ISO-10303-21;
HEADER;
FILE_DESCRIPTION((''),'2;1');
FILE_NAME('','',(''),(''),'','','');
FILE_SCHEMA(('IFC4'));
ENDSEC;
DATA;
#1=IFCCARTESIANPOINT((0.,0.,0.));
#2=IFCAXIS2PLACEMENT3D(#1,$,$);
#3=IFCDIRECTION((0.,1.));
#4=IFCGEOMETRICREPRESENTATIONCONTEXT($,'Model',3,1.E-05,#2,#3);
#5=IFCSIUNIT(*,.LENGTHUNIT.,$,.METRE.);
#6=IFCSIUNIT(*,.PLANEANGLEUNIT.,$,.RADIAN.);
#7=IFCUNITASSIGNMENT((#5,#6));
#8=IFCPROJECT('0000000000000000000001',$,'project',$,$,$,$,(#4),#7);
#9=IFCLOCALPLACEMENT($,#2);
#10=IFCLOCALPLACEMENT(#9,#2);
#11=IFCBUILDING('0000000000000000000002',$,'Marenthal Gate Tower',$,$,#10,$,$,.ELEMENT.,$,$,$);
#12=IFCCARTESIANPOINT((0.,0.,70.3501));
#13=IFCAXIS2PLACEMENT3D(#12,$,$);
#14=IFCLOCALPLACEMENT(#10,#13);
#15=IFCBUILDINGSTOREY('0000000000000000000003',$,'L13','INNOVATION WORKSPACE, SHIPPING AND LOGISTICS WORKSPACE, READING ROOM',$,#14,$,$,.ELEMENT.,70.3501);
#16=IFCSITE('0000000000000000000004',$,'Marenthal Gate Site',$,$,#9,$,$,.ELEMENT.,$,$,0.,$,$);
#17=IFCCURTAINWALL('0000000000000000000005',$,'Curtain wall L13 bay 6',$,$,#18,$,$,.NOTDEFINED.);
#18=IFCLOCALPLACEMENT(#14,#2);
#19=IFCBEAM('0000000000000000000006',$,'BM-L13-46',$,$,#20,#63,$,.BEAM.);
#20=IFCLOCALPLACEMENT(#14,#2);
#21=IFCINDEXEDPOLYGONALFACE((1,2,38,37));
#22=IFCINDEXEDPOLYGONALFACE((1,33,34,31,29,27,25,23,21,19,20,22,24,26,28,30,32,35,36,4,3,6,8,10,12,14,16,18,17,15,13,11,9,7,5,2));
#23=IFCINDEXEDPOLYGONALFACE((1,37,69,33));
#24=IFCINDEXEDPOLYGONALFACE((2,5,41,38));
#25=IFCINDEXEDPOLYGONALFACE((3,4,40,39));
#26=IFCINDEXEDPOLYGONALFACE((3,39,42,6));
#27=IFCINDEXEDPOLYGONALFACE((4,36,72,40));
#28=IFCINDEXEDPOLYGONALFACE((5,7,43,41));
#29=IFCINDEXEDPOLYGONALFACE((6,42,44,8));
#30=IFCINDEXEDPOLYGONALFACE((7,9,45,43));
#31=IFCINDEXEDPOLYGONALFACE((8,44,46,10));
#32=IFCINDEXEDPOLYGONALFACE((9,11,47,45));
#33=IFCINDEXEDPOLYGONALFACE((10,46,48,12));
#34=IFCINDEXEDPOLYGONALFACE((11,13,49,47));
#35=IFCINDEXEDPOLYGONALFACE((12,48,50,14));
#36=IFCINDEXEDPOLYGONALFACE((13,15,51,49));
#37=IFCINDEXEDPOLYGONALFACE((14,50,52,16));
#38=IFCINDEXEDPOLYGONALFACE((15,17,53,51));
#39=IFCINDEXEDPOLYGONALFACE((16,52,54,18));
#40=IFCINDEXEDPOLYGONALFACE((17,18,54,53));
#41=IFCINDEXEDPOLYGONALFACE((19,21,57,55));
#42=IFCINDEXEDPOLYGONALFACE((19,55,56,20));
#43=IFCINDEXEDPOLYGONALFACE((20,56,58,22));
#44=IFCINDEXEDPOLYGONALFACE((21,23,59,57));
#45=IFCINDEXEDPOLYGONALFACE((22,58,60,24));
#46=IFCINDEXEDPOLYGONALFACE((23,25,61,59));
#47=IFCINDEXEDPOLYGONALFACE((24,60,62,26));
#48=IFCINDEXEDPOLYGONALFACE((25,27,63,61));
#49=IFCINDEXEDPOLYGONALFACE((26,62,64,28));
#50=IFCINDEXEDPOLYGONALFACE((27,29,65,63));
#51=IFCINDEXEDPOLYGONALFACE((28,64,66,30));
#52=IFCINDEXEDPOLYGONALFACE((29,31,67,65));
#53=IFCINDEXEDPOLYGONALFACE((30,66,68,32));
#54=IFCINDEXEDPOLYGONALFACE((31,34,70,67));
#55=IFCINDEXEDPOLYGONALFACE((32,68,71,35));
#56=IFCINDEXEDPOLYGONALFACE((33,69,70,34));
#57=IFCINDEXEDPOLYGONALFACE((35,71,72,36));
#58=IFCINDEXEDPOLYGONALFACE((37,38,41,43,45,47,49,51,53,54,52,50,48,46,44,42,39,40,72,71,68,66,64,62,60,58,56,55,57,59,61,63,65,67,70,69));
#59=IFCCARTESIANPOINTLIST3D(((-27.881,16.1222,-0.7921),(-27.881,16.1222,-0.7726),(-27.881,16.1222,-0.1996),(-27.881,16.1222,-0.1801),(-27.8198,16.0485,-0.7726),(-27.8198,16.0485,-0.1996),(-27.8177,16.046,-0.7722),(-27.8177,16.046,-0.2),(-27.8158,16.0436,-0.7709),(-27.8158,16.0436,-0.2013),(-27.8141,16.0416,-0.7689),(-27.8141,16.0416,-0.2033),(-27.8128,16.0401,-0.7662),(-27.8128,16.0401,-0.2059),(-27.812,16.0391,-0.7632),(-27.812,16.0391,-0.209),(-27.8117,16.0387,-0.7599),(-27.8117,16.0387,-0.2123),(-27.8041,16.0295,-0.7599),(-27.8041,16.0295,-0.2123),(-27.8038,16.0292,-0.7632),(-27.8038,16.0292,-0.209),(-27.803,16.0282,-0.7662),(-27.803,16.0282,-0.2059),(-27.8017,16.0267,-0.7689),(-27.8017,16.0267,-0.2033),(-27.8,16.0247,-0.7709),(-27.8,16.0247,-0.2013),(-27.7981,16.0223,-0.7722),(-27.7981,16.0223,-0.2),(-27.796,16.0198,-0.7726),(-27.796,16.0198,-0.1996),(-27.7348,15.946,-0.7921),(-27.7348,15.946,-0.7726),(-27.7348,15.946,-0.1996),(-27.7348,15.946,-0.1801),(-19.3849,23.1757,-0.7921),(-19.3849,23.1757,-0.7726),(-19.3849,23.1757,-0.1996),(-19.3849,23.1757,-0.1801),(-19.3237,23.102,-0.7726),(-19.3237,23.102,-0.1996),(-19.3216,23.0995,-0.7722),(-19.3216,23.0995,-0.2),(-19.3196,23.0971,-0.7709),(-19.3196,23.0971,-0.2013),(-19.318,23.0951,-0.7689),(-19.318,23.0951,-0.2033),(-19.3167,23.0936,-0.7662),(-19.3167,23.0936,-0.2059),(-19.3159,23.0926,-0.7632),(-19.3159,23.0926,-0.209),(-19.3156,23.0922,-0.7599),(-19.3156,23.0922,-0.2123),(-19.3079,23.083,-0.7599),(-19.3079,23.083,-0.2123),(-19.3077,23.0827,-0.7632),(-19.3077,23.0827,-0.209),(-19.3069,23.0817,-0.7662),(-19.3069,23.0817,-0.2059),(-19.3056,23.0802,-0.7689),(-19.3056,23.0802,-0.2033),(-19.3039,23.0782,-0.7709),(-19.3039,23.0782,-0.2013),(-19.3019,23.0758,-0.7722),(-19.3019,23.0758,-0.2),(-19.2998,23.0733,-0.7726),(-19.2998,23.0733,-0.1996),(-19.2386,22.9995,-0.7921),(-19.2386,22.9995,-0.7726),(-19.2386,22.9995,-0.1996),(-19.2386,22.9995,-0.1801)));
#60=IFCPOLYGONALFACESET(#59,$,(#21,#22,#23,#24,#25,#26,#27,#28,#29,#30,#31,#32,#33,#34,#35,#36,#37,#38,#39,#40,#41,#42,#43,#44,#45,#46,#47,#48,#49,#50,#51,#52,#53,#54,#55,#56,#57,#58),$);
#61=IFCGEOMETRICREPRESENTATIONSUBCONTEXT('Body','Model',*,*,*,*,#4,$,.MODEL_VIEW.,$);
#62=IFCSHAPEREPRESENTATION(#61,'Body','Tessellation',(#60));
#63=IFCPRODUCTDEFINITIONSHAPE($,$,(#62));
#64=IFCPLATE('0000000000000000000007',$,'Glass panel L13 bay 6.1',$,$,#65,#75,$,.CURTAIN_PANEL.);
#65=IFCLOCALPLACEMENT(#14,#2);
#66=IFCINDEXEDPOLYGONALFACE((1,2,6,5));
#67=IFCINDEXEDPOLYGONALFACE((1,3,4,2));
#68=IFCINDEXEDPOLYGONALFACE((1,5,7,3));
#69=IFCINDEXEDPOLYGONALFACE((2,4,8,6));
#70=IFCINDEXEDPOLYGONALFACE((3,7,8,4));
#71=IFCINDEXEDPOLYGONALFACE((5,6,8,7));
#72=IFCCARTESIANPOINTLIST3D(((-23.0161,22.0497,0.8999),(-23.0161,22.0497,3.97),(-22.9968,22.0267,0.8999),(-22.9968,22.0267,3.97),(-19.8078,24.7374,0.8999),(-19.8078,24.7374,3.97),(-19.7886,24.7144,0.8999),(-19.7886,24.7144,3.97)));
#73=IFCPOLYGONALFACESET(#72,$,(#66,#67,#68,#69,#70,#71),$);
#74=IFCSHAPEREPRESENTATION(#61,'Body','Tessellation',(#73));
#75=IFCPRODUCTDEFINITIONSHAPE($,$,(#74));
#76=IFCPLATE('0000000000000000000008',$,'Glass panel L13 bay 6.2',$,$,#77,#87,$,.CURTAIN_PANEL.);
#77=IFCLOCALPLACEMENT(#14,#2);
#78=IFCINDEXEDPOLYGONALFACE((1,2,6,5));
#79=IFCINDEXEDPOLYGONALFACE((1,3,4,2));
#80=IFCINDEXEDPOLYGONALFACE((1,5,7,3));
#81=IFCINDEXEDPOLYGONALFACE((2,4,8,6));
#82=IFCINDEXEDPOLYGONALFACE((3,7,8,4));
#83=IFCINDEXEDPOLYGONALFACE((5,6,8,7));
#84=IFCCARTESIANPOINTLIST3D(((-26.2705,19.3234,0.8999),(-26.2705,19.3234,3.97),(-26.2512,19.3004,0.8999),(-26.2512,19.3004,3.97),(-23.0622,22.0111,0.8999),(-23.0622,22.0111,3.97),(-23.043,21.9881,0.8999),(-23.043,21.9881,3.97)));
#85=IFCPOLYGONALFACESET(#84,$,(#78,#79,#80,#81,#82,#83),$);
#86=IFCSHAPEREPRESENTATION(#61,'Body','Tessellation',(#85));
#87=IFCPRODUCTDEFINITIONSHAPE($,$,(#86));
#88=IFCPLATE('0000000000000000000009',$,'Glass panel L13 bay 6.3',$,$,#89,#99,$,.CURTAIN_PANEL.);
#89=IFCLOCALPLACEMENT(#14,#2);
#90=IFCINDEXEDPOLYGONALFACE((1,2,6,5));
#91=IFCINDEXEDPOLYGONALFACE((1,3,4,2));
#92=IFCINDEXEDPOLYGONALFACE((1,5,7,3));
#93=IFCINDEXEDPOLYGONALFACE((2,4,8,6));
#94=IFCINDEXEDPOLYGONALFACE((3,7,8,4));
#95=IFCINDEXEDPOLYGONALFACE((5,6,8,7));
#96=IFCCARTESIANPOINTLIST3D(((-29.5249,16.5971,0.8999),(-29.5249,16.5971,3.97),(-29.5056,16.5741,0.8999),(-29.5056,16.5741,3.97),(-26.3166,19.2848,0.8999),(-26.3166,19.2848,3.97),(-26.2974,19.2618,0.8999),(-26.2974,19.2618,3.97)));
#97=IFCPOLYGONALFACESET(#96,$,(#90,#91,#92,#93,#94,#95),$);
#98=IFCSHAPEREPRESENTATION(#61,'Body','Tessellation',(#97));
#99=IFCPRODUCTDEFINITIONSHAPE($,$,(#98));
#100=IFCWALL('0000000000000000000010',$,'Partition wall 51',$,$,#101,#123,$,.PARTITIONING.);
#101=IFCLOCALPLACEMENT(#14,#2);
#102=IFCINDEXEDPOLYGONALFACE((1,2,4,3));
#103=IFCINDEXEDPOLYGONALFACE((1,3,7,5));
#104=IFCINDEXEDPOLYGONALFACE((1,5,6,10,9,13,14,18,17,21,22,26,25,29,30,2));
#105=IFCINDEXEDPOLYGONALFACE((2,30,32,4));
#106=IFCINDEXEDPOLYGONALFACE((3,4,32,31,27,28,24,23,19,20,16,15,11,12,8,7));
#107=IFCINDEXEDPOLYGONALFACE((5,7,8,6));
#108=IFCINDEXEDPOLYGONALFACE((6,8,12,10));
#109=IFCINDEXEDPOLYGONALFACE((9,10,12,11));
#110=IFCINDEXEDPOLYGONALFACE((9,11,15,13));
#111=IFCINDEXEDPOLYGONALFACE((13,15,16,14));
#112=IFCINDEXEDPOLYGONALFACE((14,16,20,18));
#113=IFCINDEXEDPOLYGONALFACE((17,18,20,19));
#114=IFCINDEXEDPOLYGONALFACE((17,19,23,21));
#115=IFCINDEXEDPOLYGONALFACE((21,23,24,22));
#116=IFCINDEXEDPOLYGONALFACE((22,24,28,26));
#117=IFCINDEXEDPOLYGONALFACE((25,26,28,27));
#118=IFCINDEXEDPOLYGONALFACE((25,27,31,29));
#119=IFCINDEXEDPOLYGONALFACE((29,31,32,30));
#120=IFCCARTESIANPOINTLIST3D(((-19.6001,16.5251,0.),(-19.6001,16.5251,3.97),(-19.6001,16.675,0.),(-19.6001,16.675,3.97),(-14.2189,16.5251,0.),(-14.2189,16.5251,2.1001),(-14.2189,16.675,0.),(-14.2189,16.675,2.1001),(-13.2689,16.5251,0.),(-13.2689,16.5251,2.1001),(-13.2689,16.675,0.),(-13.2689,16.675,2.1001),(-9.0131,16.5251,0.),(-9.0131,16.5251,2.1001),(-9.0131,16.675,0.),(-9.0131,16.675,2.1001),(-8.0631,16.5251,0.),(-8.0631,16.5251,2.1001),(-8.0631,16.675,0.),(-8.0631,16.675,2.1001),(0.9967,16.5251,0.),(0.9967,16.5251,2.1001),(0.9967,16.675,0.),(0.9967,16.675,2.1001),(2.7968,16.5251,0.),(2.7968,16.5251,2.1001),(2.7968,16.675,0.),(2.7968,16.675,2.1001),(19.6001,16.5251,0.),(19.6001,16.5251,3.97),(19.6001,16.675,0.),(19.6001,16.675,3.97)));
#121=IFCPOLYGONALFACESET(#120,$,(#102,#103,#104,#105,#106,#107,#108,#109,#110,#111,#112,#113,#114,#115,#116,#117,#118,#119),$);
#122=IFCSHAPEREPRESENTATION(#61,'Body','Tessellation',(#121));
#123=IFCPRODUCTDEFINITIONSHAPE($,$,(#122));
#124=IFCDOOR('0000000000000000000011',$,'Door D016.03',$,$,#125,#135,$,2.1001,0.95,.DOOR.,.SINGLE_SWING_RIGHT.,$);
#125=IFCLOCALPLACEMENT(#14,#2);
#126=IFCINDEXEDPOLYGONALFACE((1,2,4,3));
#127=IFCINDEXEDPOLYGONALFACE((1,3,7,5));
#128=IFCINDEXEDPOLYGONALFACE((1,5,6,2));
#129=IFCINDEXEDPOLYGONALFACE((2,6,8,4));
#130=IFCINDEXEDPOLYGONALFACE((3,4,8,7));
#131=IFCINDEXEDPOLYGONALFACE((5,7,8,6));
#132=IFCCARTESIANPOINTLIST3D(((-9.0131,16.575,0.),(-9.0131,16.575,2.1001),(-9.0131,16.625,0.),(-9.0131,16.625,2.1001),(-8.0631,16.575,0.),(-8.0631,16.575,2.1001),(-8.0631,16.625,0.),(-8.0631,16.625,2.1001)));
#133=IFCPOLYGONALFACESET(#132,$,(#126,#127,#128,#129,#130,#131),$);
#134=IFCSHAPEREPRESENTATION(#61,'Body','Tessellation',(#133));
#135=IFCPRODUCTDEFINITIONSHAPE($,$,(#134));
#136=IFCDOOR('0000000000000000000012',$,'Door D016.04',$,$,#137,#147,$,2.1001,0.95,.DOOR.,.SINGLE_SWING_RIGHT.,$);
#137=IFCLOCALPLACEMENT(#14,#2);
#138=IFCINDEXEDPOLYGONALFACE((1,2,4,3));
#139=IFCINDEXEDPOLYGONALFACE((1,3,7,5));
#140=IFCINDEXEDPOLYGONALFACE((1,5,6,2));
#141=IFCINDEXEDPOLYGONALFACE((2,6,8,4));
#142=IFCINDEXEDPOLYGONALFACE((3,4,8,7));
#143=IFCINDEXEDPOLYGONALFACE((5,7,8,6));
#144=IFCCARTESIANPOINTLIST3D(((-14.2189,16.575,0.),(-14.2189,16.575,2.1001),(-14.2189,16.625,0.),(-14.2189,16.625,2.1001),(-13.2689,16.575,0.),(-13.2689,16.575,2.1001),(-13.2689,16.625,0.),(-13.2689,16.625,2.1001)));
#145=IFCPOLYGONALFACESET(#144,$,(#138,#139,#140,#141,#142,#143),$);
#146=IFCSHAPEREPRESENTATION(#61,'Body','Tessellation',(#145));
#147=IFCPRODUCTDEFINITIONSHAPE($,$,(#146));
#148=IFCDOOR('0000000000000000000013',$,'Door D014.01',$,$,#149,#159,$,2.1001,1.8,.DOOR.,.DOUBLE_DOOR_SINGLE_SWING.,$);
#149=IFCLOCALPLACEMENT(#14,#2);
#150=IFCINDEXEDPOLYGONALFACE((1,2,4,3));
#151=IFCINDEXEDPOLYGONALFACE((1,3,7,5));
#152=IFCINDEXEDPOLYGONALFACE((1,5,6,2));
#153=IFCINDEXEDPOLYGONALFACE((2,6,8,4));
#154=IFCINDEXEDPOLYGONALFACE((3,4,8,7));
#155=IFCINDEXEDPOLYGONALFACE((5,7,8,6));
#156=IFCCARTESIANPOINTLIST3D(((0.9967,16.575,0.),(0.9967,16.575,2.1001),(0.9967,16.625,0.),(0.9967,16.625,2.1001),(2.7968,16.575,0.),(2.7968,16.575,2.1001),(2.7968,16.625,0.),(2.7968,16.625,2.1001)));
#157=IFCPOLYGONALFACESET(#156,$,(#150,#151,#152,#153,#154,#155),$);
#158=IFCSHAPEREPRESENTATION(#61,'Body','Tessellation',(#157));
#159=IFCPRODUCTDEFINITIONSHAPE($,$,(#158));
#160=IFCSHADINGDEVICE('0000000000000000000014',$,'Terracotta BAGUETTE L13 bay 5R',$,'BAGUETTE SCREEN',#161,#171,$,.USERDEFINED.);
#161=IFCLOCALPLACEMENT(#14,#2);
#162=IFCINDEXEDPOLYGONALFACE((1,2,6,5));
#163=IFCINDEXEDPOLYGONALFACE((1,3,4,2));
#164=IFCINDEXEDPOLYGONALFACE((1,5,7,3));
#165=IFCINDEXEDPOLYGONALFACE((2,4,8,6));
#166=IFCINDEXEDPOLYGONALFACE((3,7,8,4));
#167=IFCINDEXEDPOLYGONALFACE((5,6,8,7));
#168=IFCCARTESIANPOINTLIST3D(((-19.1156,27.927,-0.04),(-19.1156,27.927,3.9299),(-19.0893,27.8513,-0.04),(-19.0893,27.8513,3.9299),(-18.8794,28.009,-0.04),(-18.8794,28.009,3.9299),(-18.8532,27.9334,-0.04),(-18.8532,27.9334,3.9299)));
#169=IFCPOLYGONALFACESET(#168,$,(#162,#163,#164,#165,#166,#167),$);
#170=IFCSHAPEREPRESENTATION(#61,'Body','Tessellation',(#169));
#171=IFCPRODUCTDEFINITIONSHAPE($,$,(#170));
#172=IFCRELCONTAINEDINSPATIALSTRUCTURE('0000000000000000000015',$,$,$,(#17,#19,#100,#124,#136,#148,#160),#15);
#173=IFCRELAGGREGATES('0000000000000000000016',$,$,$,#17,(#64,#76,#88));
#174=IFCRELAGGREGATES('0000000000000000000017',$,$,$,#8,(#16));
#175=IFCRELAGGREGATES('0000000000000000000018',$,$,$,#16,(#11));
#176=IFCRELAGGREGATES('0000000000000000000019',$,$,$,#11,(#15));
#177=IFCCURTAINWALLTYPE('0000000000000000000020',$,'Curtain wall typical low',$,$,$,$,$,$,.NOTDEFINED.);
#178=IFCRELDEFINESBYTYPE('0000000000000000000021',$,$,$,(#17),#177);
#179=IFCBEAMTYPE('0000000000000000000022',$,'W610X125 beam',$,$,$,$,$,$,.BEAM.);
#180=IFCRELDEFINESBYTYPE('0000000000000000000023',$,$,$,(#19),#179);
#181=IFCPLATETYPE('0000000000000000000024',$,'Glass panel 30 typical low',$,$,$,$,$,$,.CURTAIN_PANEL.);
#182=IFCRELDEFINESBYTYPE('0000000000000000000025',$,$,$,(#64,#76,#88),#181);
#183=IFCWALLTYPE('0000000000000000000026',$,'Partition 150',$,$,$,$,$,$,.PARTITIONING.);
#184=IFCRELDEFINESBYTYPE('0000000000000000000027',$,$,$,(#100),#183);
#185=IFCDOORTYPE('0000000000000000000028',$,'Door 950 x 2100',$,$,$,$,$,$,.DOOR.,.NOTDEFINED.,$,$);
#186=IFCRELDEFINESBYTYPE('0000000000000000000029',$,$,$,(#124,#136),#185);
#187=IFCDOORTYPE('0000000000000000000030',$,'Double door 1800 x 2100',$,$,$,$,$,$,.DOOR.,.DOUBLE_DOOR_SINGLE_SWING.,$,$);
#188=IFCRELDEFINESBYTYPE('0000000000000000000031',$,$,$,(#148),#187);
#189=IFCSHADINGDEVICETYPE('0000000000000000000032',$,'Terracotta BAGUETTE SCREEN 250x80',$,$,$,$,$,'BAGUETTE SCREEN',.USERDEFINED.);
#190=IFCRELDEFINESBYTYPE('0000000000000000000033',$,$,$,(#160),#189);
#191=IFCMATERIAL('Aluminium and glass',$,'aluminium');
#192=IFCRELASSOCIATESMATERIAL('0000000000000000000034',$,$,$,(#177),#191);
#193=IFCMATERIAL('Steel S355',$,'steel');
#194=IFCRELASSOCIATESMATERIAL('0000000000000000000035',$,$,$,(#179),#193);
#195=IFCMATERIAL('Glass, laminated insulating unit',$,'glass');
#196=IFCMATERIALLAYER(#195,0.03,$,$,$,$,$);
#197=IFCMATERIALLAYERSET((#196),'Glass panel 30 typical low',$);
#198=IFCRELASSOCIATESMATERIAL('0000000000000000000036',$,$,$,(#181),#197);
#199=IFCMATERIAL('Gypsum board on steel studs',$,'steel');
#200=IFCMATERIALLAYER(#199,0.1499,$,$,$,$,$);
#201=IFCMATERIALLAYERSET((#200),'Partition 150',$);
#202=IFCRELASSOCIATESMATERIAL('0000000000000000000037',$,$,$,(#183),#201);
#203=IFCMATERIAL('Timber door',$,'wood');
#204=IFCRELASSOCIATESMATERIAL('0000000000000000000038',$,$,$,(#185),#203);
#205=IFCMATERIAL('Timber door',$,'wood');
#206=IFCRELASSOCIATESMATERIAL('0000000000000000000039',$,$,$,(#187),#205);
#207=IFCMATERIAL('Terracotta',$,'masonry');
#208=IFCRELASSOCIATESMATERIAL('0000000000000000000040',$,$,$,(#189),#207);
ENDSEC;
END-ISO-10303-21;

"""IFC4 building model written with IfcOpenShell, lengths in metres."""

from ifc_helpers import new_model, si_unit, direction, frame, frame_2d, origin, origin_2d, place, context, subcontext, project, spatial, rectangle, i_section, extrude, material, layer, layer_set, material_profile, profile_set, type_object, element, fill, aggregate, save


model = new_model("IFC4")

# Units and contexts
model_context = context("Model", 3, precision=1e-05, world=origin(), true_north=direction((0.0, 1.0)))
body_context = subcontext(model_context, "Body", "Model", "MODEL_VIEW")
ifc_project = project(units=[si_unit("LENGTHUNIT", "METRE"), si_unit("PLANEANGLEUNIT", "RADIAN")], contexts=[model_context])

# Site, building, storey
site_placement = place(None, origin())
site = spatial("IfcSite", under=ifc_project, at=site_placement, Name="Marenthal Gate Site", CompositionType="ELEMENT", RefElevation=0.0)
building_placement = place(site_placement, origin())
building = spatial("IfcBuilding", under=site, at=building_placement, Name="Marenthal Gate Tower", CompositionType="ELEMENT")
storey_placement = place(building_placement, frame((0.0, 0.0, 70.3501)))
storey = spatial("IfcBuildingStorey", under=building, at=storey_placement, Name="L13", Description="INNOVATION WORKSPACE, SHIPPING AND LOGISTICS WORKSPACE, READING ROOM", CompositionType="ELEMENT", Elevation=70.3501)

# Curtain wall
ifc_material_1 = material(Name="Aluminium and glass", Category="aluminium")
curtain_wall_type = type_object("IfcCurtainWallType", Name="Curtain wall typical low", PredefinedType="NOTDEFINED", material=ifc_material_1)
curtain_wall_placement = place(storey_placement, origin())
curtain_wall = element("IfcCurtainWall", 1, at=curtain_wall_placement, inside=storey, type_object=curtain_wall_type, Name="Curtain wall L13 bay 6", PredefinedType="NOTDEFINED")

# Beam
ifc_material_2 = material(Name="Steel S355", Category="steel")
ifc_material_profile_1 = material_profile(ifc_material_2, i_section(OverallWidth=0.229, OverallDepth=0.6121, WebThickness=0.012, FlangeThickness=0.0195, FilletRadius=0.0127, at=origin_2d()), Name="W610X125")
ifc_profile_set_1 = profile_set([ifc_material_profile_1], Name="Steel S355")
beam_type_1 = type_object("IfcBeamType", Name="W610X125 beam", PredefinedType="BEAM", material=ifc_profile_set_1)
beam_1_placement = place(storey_placement, frame((-19.3118, 23.0876, -0.4861), z_axis=(-0.769405, -0.638761, 0.0), x_axis=(0.638761, -0.769405, 0.0)))
element("IfcBeam", 2, at=beam_1_placement, inside=storey, type_object=beam_type_1, Name="BM-L13-46", PredefinedType="BEAM", context=body_context, shape_type="SweptSolid", body=[
    extrude(i_section(OverallWidth=0.229, OverallDepth=0.6121, WebThickness=0.012, FlangeThickness=0.0195, FilletRadius=0.0127, at=origin_2d()), origin(), (0.0, 0.0, 1.0), 11.0425),
])

# Plates
ifc_material_3 = material(Name="Glass, laminated insulating unit", Category="glass")
ifc_layer_1 = layer(ifc_material_3, 0.03)
ifc_layer_set_1 = layer_set([ifc_layer_1], Name="Glass panel 30 typical low")
plate_type = type_object("IfcPlateType", Name="Glass panel 30 typical low", PredefinedType="CURTAIN_PANEL", material=ifc_layer_set_1)
plate_1_placement = place(storey_placement, frame((-21.4023, 23.3821, 0.8999), z_axis=(0.0, 0.0, 1.0), x_axis=(-0.766557, -0.642176, 0.0)))
plate_1 = element("IfcPlate", 3, at=plate_1_placement, type_object=plate_type, Name="Glass panel L13 bay 6.1", PredefinedType="CURTAIN_PANEL", context=body_context, shape_type="SweptSolid", body=[
    extrude(rectangle(XDim=4.1853, YDim=0.03, at=origin_2d()), origin(), (0.0, 0.0, 1.0), 3.0701),
])
plate_2_placement = place(storey_placement, frame((-24.6567, 20.6558, 0.8999), z_axis=(0.0, 0.0, 1.0), x_axis=(-0.766557, -0.642176, 0.0)))
plate_2 = element("IfcPlate", 4, at=plate_2_placement, type_object=plate_type, Name="Glass panel L13 bay 6.2", PredefinedType="CURTAIN_PANEL", context=body_context, shape_type="SweptSolid", body=[
    extrude(rectangle(XDim=4.1853, YDim=0.03, at=origin_2d()), origin(), (0.0, 0.0, 1.0), 3.0701),
])
plate_3_placement = place(storey_placement, frame((-27.9111, 17.9294, 0.8999), z_axis=(0.0, 0.0, 1.0), x_axis=(-0.766557, -0.642176, 0.0)))
plate_3 = element("IfcPlate", 5, at=plate_3_placement, type_object=plate_type, Name="Glass panel L13 bay 6.3", PredefinedType="CURTAIN_PANEL", context=body_context, shape_type="SweptSolid", body=[
    extrude(rectangle(XDim=4.1853, YDim=0.03, at=origin_2d()), origin(), (0.0, 0.0, 1.0), 3.0701),
])
aggregate(curtain_wall, [plate_1, plate_2, plate_3])

# Wall, openings, doors
ifc_material_4 = material(Name="Gypsum board on steel studs", Category="steel")
ifc_layer_2 = layer(ifc_material_4, 0.1499)
ifc_layer_set_2 = layer_set([ifc_layer_2], Name="Partition 150")
wall_type_1 = type_object("IfcWallType", Name="Partition 150", PredefinedType="PARTITIONING", material=ifc_layer_set_2)
wall_1_placement = place(storey_placement, frame((-19.6001, 16.6001, 0.0), z_axis=(0.0, 0.0, 1.0), x_axis=(1.0, 0.0, 0.0)))
wall_1 = element("IfcWall", 6, at=wall_1_placement, inside=storey, type_object=wall_type_1, Name="Partition wall 51", PredefinedType="PARTITIONING", context=body_context, shape_type="SweptSolid", body=[
    extrude(rectangle(XDim=39.2002, YDim=0.1499, at=frame_2d((19.6001, 0.0))), origin(), (0.0, 0.0, 1.0), 3.97),
])
opening_1_placement = place(wall_1_placement, frame((20.5969, 0.0, 0.0)))
opening_1 = element("IfcOpeningElement", 7, at=opening_1_placement, cuts=wall_1, PredefinedType="OPENING", context=body_context, shape_type="SweptSolid", body=[
    extrude(rectangle(XDim=1.8, YDim=2.1001, at=frame_2d((0.8999, 1.05))), frame((0.0, 0.085, 0.0), z_axis=(0.0, -1.0, 0.0), x_axis=(1.0, 0.0, 0.0)), (0.0, 0.0, 1.0), 0.1699),
])
opening_2_placement = place(wall_1_placement, frame((10.5869, 0.0, 0.0)))
opening_2 = element("IfcOpeningElement", 8, at=opening_2_placement, cuts=wall_1, PredefinedType="OPENING", context=body_context, shape_type="SweptSolid", body=[
    extrude(rectangle(XDim=0.95, YDim=2.1001, at=frame_2d((0.4751, 1.05))), frame((0.0, 0.085, 0.0), z_axis=(0.0, -1.0, 0.0), x_axis=(1.0, 0.0, 0.0)), (0.0, 0.0, 1.0), 0.1699),
])
opening_3_placement = place(wall_1_placement, frame((5.3811, 0.0, 0.0)))
opening_3 = element("IfcOpeningElement", 9, at=opening_3_placement, cuts=wall_1, PredefinedType="OPENING", context=body_context, shape_type="SweptSolid", body=[
    extrude(rectangle(XDim=0.95, YDim=2.1001, at=frame_2d((0.4751, 1.05))), frame((0.0, 0.085, 0.0), z_axis=(0.0, -1.0, 0.0), x_axis=(1.0, 0.0, 0.0)), (0.0, 0.0, 1.0), 0.1699),
])
ifc_material_5 = material(Name="Timber door", Category="wood")
door_type_1 = type_object("IfcDoorType", Name="Door 950 x 2100", OperationType="NOTDEFINED", PredefinedType="DOOR", material=ifc_material_5)
door_1_placement = place(opening_2_placement, origin())
door_1 = element("IfcDoor", 10, at=door_1_placement, inside=storey, type_object=door_type_1, Name="Door D016.03", OperationType="SINGLE_SWING_RIGHT", OverallHeight=2.1001, OverallWidth=0.95, PredefinedType="DOOR", context=body_context, shape_type="SweptSolid", body=[
    extrude(rectangle(XDim=0.95, YDim=2.1001, at=frame_2d((0.4751, 1.05))), frame((0.0, 0.0249, 0.0), z_axis=(0.0, -1.0, 0.0), x_axis=(1.0, 0.0, 0.0)), (0.0, 0.0, 1.0), 0.05),
])
fill(opening_2, door_1)
door_2_placement = place(opening_3_placement, origin())
door_2 = element("IfcDoor", 11, at=door_2_placement, inside=storey, type_object=door_type_1, Name="Door D016.04", OperationType="SINGLE_SWING_RIGHT", OverallHeight=2.1001, OverallWidth=0.95, PredefinedType="DOOR", context=body_context, shape_type="SweptSolid", body=[
    extrude(rectangle(XDim=0.95, YDim=2.1001, at=frame_2d((0.4751, 1.05))), frame((0.0, 0.0249, 0.0), z_axis=(0.0, -1.0, 0.0), x_axis=(1.0, 0.0, 0.0)), (0.0, 0.0, 1.0), 0.05),
])
fill(opening_3, door_2)
ifc_material_6 = material(Name="Timber door", Category="wood")
door_type_2 = type_object("IfcDoorType", Name="Double door 1800 x 2100", OperationType="DOUBLE_DOOR_SINGLE_SWING", PredefinedType="DOOR", material=ifc_material_6)
door_3_placement = place(opening_1_placement, origin())
door_3 = element("IfcDoor", 12, at=door_3_placement, inside=storey, type_object=door_type_2, Name="Door D014.01", OperationType="DOUBLE_DOOR_SINGLE_SWING", OverallHeight=2.1001, OverallWidth=1.8, PredefinedType="DOOR", context=body_context, shape_type="SweptSolid", body=[
    extrude(rectangle(XDim=1.8, YDim=2.1001, at=frame_2d((0.8999, 1.05))), frame((0.0, 0.0249, 0.0), z_axis=(0.0, -1.0, 0.0), x_axis=(1.0, 0.0, 0.0)), (0.0, 0.0, 1.0), 0.05),
])
fill(opening_1, door_3)

# Shading device
ifc_material_7 = material(Name="Terracotta", Category="masonry")
ifc_material_profile_2 = material_profile(ifc_material_7, rectangle(XDim=0.25, YDim=0.0801, at=origin_2d()), Name="Terracotta baguette 250x80")
ifc_profile_set_2 = profile_set([ifc_material_profile_2], Name="Terracotta")
shading_device_type = type_object("IfcShadingDeviceType", Name="Terracotta BAGUETTE SCREEN 250x80", ElementType="BAGUETTE SCREEN", PredefinedType="USERDEFINED", material=ifc_profile_set_2)
shading_device_placement = place(storey_placement, frame((-18.9844, 27.9302, -0.04), z_axis=(0.0, 0.0, 1.0), x_axis=(-0.944657, -0.328061, 0.0)))
element("IfcShadingDevice", 13, at=shading_device_placement, inside=storey, type_object=shading_device_type, Name="Terracotta BAGUETTE L13 bay 5R", ObjectType="BAGUETTE SCREEN", PredefinedType="USERDEFINED", context=body_context, shape_type="SweptSolid", body=[
    extrude(rectangle(XDim=0.25, YDim=0.0801, at=origin_2d()), origin(), (0.0, 0.0, 1.0), 3.97),
])

save(model, "model.ifc")
